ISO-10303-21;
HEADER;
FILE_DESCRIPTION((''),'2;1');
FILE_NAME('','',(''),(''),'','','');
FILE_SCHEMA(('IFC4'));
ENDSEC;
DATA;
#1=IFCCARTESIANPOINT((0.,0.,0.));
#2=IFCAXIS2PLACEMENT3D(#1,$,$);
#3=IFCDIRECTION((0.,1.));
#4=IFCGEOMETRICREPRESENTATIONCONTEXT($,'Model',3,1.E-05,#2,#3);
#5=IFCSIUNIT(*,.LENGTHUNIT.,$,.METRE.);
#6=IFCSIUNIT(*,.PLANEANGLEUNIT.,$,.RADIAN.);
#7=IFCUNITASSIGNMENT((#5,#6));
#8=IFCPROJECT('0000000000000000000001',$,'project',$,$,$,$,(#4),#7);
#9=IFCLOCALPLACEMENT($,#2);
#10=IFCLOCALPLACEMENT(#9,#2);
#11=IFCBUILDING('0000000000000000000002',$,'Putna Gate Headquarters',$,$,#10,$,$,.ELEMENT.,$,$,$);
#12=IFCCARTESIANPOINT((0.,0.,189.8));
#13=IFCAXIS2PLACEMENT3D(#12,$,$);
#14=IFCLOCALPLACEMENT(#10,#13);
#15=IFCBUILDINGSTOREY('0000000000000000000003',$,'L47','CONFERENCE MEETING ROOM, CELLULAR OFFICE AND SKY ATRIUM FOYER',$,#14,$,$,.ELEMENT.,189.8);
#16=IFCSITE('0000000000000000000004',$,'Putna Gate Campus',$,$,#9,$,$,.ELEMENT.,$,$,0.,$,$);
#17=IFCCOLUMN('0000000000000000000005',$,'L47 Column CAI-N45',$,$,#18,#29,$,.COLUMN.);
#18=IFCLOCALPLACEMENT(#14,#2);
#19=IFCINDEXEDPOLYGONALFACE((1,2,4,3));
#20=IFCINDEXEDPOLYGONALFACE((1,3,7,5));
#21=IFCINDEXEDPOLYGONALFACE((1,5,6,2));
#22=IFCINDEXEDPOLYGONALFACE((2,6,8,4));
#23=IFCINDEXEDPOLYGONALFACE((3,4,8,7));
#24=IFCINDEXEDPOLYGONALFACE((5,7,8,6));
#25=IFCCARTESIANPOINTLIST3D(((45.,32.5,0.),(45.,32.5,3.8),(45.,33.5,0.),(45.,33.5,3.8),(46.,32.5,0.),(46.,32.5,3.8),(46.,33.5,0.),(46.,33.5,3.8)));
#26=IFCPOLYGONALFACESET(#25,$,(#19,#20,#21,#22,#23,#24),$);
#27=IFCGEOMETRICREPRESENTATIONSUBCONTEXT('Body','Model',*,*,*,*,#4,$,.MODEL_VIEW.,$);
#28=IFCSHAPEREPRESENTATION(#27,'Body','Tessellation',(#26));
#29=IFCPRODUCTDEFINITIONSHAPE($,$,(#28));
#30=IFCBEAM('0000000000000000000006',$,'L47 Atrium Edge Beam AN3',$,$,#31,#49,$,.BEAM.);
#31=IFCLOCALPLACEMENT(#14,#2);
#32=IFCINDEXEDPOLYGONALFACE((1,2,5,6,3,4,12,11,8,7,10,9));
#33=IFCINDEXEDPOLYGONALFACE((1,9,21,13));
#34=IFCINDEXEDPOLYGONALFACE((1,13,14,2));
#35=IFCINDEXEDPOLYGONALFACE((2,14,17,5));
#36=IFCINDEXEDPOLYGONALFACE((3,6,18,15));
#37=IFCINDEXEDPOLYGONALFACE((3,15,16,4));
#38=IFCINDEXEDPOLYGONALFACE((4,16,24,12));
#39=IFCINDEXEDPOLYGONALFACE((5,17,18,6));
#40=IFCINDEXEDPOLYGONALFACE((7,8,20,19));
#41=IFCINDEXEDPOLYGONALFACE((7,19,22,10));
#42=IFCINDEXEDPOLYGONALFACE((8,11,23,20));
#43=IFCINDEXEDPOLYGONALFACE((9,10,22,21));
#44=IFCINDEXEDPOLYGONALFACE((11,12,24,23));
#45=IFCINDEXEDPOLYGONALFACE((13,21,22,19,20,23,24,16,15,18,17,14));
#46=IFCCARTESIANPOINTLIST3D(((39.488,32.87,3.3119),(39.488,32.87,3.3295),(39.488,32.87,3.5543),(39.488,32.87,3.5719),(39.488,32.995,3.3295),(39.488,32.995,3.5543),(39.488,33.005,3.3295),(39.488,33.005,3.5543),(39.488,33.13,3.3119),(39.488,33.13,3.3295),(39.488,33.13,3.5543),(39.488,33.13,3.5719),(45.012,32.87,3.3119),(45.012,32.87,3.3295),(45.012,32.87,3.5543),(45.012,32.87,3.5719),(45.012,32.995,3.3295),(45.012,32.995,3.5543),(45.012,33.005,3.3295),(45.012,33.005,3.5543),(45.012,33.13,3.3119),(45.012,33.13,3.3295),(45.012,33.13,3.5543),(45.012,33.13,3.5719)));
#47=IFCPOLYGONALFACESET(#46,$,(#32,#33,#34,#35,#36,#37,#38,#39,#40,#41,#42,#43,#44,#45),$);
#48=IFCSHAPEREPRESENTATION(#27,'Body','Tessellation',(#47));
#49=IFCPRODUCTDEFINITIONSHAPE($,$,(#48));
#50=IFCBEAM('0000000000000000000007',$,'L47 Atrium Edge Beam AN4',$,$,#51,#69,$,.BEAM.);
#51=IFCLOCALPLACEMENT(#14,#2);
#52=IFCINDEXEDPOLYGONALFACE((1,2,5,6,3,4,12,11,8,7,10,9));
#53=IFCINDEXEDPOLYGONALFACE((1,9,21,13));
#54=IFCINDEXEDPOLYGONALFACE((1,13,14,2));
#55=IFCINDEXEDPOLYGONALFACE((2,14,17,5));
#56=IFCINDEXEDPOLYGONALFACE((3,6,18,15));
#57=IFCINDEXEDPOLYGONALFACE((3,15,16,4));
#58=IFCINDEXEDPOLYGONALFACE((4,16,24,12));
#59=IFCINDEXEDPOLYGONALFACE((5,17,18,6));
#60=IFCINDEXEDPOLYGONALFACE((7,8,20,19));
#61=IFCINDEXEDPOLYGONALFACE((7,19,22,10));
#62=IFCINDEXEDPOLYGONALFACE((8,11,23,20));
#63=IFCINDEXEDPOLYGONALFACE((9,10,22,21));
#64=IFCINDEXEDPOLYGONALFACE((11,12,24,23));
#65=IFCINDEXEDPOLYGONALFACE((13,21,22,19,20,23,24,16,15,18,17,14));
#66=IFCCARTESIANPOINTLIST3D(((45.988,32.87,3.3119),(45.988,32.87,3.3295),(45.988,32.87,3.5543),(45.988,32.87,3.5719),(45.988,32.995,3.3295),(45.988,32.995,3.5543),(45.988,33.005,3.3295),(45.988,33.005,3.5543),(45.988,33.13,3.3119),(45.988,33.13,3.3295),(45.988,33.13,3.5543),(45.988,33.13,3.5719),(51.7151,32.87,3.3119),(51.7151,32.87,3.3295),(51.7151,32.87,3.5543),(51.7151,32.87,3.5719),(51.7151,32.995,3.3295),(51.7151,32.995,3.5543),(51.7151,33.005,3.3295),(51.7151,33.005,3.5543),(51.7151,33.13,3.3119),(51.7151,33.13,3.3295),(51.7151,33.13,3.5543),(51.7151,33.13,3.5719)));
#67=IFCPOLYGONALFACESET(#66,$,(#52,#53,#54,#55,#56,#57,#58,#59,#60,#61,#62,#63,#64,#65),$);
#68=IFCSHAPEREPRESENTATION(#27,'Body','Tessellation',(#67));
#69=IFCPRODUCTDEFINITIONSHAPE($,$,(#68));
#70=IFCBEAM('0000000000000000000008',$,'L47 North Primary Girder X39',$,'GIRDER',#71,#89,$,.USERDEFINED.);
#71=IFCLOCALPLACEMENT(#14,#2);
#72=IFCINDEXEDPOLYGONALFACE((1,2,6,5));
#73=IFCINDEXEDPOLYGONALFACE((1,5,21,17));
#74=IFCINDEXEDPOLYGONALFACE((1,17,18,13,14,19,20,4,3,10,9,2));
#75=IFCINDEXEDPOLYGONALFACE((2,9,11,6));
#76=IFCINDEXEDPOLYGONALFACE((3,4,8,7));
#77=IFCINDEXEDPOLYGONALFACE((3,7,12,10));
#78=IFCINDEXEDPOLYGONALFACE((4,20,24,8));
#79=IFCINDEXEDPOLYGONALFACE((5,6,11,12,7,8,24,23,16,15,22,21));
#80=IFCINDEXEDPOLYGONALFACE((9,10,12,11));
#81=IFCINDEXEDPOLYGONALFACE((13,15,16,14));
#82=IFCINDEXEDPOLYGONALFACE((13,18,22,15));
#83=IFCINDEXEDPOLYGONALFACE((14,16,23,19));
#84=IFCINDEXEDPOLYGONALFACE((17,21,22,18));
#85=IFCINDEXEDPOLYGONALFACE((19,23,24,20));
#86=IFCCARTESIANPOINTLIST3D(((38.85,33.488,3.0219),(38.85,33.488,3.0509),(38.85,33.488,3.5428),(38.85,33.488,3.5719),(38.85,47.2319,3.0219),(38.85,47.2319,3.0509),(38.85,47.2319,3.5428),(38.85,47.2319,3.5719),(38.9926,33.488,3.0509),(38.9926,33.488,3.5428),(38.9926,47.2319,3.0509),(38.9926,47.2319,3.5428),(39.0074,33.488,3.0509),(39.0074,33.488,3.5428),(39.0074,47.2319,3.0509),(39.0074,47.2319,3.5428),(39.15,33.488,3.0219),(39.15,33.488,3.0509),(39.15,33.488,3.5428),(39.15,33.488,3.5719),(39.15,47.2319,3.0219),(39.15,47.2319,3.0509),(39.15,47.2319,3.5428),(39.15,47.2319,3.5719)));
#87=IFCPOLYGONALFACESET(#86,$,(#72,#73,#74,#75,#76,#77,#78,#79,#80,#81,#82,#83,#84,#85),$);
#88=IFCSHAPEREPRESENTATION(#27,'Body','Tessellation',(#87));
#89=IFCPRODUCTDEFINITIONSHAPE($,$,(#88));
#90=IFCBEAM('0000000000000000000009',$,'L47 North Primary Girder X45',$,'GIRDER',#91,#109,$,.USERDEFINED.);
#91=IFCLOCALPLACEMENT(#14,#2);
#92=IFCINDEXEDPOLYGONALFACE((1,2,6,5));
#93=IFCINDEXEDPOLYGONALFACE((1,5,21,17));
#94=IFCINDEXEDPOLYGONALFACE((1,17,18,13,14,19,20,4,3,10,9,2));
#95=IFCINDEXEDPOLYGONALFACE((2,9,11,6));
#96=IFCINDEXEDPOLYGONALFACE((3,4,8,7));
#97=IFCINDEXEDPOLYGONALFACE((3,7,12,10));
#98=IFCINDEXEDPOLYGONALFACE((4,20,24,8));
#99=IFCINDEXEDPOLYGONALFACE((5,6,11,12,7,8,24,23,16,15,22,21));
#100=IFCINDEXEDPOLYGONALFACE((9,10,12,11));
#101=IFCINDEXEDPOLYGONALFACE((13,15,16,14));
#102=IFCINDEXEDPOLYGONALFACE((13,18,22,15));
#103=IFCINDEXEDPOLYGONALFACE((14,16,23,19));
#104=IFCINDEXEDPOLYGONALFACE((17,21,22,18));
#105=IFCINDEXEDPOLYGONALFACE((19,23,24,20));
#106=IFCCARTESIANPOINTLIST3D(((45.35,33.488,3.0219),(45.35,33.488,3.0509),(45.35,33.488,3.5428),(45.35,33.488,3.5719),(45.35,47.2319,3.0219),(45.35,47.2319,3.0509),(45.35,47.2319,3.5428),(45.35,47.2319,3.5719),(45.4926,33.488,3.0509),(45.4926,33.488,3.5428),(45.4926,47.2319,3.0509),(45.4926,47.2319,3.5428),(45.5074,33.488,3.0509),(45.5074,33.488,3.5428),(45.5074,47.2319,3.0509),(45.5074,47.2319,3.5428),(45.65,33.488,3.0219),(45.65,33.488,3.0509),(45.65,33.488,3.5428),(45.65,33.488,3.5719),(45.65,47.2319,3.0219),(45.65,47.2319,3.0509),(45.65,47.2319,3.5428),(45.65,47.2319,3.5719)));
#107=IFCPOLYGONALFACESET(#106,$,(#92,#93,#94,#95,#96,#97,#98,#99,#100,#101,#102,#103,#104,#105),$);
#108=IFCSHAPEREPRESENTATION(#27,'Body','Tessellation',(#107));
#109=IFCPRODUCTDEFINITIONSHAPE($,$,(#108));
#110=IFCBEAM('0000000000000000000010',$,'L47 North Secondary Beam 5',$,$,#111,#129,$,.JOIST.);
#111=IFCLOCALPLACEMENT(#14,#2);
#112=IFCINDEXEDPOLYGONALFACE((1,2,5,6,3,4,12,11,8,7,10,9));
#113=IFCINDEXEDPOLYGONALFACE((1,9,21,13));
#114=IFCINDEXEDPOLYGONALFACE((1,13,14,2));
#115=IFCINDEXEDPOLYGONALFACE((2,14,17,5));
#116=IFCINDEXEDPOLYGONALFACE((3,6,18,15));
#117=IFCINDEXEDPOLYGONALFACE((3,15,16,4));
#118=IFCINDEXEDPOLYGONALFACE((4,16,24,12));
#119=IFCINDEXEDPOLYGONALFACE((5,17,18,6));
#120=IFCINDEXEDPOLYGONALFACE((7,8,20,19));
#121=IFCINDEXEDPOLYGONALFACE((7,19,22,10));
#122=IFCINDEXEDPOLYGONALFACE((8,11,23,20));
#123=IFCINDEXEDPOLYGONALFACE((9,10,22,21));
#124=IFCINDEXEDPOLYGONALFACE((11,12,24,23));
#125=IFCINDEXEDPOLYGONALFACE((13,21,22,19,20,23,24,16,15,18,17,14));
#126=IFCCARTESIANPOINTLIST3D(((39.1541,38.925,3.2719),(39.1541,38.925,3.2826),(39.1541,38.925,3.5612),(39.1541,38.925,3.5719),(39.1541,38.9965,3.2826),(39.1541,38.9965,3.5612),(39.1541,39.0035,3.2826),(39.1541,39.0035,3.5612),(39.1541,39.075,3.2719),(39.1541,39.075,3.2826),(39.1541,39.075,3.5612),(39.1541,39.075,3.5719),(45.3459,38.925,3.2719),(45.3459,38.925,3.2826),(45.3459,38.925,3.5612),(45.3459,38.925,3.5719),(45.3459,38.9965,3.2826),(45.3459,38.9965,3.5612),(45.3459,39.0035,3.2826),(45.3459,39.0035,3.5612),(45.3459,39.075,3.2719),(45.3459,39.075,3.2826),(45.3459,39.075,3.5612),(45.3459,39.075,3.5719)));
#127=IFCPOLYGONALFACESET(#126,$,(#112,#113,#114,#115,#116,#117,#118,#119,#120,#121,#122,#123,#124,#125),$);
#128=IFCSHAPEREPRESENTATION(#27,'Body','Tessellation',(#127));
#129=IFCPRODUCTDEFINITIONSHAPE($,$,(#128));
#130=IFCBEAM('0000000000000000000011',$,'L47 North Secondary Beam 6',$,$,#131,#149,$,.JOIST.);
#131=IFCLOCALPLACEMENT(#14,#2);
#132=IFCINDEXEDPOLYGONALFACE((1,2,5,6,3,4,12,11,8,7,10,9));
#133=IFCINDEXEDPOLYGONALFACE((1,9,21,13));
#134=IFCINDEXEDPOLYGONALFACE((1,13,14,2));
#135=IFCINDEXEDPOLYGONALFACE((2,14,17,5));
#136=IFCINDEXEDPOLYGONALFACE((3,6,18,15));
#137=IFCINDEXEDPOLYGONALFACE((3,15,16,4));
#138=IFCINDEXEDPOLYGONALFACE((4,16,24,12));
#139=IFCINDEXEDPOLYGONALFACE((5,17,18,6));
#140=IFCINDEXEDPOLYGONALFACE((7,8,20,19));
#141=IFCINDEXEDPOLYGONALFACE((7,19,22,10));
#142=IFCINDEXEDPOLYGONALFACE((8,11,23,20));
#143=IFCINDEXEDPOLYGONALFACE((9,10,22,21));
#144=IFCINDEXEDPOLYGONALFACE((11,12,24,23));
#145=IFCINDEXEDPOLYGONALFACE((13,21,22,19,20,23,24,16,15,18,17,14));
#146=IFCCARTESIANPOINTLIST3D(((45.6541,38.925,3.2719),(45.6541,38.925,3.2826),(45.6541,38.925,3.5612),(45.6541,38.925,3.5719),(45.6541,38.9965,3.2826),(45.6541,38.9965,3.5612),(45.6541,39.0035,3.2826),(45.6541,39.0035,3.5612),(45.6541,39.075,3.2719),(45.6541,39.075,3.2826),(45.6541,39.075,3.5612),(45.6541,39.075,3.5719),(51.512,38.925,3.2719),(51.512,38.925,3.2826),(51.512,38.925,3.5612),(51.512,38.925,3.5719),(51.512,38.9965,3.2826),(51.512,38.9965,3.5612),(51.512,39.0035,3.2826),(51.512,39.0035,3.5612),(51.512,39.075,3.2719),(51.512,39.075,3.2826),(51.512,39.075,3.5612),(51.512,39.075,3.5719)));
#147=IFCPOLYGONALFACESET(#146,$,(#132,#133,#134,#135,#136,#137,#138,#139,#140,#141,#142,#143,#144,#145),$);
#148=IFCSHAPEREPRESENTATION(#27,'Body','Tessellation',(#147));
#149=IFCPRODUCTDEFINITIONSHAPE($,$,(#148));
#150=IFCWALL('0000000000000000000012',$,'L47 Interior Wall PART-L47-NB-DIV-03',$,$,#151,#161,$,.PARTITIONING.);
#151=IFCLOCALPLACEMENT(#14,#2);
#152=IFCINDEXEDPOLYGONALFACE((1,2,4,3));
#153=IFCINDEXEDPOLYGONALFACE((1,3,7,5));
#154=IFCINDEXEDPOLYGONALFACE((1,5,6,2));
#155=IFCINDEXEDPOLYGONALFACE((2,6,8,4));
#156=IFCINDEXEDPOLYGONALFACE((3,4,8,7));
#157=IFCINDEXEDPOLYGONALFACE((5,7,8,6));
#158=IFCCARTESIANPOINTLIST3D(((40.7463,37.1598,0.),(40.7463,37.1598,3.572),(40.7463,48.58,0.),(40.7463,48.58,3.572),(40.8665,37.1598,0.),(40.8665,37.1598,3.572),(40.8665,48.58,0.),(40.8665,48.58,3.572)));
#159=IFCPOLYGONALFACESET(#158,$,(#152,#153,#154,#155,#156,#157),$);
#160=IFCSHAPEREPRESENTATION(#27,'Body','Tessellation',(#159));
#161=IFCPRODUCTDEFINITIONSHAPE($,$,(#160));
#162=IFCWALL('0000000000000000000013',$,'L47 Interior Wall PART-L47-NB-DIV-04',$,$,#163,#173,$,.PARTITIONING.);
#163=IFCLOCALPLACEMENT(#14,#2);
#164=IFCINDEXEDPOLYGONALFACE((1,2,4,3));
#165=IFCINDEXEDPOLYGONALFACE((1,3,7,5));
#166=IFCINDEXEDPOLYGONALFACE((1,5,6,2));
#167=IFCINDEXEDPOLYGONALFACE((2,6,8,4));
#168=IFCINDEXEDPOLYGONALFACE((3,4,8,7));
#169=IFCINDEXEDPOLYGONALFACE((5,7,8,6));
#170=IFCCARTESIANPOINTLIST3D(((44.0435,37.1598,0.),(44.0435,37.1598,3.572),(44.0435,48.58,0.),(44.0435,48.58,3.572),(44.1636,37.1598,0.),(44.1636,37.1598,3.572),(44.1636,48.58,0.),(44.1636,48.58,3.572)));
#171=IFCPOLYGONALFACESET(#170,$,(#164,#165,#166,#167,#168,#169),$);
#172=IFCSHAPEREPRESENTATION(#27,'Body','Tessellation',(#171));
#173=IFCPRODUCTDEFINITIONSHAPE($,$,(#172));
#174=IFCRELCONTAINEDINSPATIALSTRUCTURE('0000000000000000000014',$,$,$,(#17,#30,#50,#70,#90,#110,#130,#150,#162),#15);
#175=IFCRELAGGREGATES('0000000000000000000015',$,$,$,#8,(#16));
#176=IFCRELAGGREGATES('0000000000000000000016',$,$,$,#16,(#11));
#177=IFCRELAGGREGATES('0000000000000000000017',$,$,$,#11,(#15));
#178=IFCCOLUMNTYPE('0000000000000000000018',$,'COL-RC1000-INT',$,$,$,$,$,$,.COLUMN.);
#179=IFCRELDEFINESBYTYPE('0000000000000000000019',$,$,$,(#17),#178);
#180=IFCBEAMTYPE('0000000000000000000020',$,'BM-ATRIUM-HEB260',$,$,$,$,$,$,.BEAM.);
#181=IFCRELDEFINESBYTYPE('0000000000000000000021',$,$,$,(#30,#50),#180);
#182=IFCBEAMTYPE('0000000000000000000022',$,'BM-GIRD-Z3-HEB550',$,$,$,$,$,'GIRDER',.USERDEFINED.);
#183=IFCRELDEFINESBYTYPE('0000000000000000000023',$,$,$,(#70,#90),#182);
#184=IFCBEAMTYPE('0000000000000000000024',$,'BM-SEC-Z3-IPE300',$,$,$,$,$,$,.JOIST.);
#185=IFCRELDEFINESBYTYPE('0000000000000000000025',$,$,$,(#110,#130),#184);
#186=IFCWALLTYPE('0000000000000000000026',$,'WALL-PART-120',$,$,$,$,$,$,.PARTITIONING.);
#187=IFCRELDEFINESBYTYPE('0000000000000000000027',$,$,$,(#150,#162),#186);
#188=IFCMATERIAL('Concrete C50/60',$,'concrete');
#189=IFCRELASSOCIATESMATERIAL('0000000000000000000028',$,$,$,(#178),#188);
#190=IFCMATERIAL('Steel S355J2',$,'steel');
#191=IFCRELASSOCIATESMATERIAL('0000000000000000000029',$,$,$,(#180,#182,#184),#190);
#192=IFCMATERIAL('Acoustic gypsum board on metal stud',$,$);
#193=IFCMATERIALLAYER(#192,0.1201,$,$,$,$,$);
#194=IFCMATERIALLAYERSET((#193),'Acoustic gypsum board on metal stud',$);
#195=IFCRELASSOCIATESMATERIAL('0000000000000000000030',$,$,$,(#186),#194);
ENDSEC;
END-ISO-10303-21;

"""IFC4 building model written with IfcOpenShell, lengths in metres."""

from ifc_helpers import new_model, si_unit, direction, frame, frame_2d, origin, origin_2d, place, context, subcontext, project, spatial, rectangle, i_section, extrude, material, layer, layer_set, material_profile, profile_set, type_object, element, save


model = new_model("IFC4")

# Units and contexts
model_context = context("Model", 3, precision=1e-05, world=origin(), true_north=direction((0.0, 1.0)))
body_context = subcontext(model_context, "Body", "Model", "MODEL_VIEW")
ifc_project = project(units=[si_unit("LENGTHUNIT", "METRE"), si_unit("PLANEANGLEUNIT", "RADIAN")], contexts=[model_context])

# Site, building, storey
site_placement = place(None, origin())
site = spatial("IfcSite", under=ifc_project, at=site_placement, Name="Putna Gate Campus", CompositionType="ELEMENT", RefElevation=0.0)
building_placement = place(site_placement, origin())
building = spatial("IfcBuilding", under=site, at=building_placement, Name="Putna Gate Headquarters", CompositionType="ELEMENT")
storey_placement = place(building_placement, frame((0.0, 0.0, 189.8)))
storey = spatial("IfcBuildingStorey", under=building, at=storey_placement, Name="L47", Description="CONFERENCE MEETING ROOM, CELLULAR OFFICE AND SKY ATRIUM FOYER", CompositionType="ELEMENT", Elevation=189.8)

# Column
ifc_material_1 = material(Name="Concrete C50/60", Category="concrete")
ifc_material_profile_1 = material_profile(ifc_material_1, rectangle(XDim=1.0, YDim=1.0, at=origin_2d()), Name="Concrete C50/60")
ifc_profile_set_1 = profile_set([ifc_material_profile_1], Name="Concrete C50/60")
column_type = type_object("IfcColumnType", Name="COL-RC1000-INT", PredefinedType="COLUMN", material=ifc_profile_set_1)
column_placement = place(storey_placement, frame((45.5, 33.0, 0.0), z_axis=(0.0, 0.0, 1.0), x_axis=(1.0, 0.0, 0.0)))
element("IfcColumn", 1, at=column_placement, inside=storey, type_object=column_type, Name="L47 Column CAI-N45", PredefinedType="COLUMN", context=body_context, shape_type="SweptSolid", body=[
    extrude(rectangle(XDim=1.0, YDim=1.0, at=origin_2d()), origin(), (0.0, 0.0, 1.0), 3.8),
])

# Beams
ifc_material_2 = material(Name="Steel S355J2", Category="steel")
ifc_material_profile_2 = material_profile(ifc_material_2, i_section(OverallWidth=0.26, OverallDepth=0.26, WebThickness=0.01, FlangeThickness=0.0176, at=origin_2d()), Name="Steel S355J2")
ifc_profile_set_2 = profile_set([ifc_material_profile_2], Name="Steel S355J2")
beam_type_1 = type_object("IfcBeamType", Name="BM-ATRIUM-HEB260", PredefinedType="BEAM", material=ifc_profile_set_2)
beam_1_placement = place(storey_placement, frame((39.488, 33.0, 3.4419), z_axis=(1.0, 0.0, 0.0), x_axis=(0.0, 1.0, 0.0)))
element("IfcBeam", 2, at=beam_1_placement, inside=storey, type_object=beam_type_1, Name="L47 Atrium Edge Beam AN3", PredefinedType="BEAM", context=body_context, shape_type="SweptSolid", body=[
    extrude(i_section(OverallWidth=0.26, OverallDepth=0.26, WebThickness=0.01, FlangeThickness=0.0176, at=origin_2d()), origin(), (0.0, 0.0, 1.0), 5.5239),
])
beam_2_placement = place(storey_placement, frame((45.988, 33.0, 3.4419), z_axis=(1.0, 0.0, 0.0), x_axis=(0.0, 1.0, 0.0)))
element("IfcBeam", 3, at=beam_2_placement, inside=storey, type_object=beam_type_1, Name="L47 Atrium Edge Beam AN4", PredefinedType="BEAM", context=body_context, shape_type="SweptSolid", body=[
    extrude(i_section(OverallWidth=0.26, OverallDepth=0.26, WebThickness=0.01, FlangeThickness=0.0176, at=origin_2d()), origin(), (0.0, 0.0, 1.0), 5.7271),
])
ifc_material_profile_3 = material_profile(ifc_material_2, i_section(OverallWidth=0.3, OverallDepth=0.55, WebThickness=0.0149, FlangeThickness=0.0291, at=origin_2d()), Name="Steel S355J2")
ifc_profile_set_3 = profile_set([ifc_material_profile_3], Name="Steel S355J2")
beam_type_2 = type_object("IfcBeamType", Name="BM-GIRD-Z3-HEB550", ElementType="GIRDER", PredefinedType="USERDEFINED", material=ifc_profile_set_3)
for number, where, z_axis, x_axis, name in (
    (4, (39.0, 33.488, 3.2969), (0.0, 1.0, 0.0), (-1.0, 0.0, 0.0), "L47 North Primary Girder X39"),
    (5, (45.5, 33.488, 3.2969), (0.0, 1.0, 0.0), (-1.0, 0.0, 0.0), "L47 North Primary Girder X45"),
):
    element("IfcBeam", number, at=place(storey_placement, frame(where, z_axis=z_axis, x_axis=x_axis)), inside=storey, type_object=beam_type_2, Name=name, ObjectType="GIRDER", PredefinedType="USERDEFINED", context=body_context, shape_type="SweptSolid", body=[
        extrude(i_section(OverallWidth=0.3, OverallDepth=0.55, WebThickness=0.0149, FlangeThickness=0.0291, at=origin_2d()), origin(), (0.0, 0.0, 1.0), 13.7439),
    ])
ifc_material_profile_4 = material_profile(ifc_material_2, i_section(OverallWidth=0.1499, OverallDepth=0.3, WebThickness=0.0071, FlangeThickness=0.0107, at=origin_2d()), Name="Steel S355J2")
ifc_profile_set_4 = profile_set([ifc_material_profile_4], Name="Steel S355J2")
beam_type_3 = type_object("IfcBeamType", Name="BM-SEC-Z3-IPE300", PredefinedType="JOIST", material=ifc_profile_set_4)
beam_3_placement = place(storey_placement, frame((39.1541, 39.0, 3.4219), z_axis=(1.0, 0.0, 0.0), x_axis=(0.0, 1.0, 0.0)))
element("IfcBeam", 6, at=beam_3_placement, inside=storey, type_object=beam_type_3, Name="L47 North Secondary Beam 5", PredefinedType="JOIST", context=body_context, shape_type="SweptSolid", body=[
    extrude(i_section(OverallWidth=0.1499, OverallDepth=0.3, WebThickness=0.0071, FlangeThickness=0.0107, at=origin_2d()), origin(), (0.0, 0.0, 1.0), 6.1919),
])
beam_4_placement = place(storey_placement, frame((45.6541, 39.0, 3.4219), z_axis=(1.0, 0.0, 0.0), x_axis=(0.0, 1.0, 0.0)))
element("IfcBeam", 7, at=beam_4_placement, inside=storey, type_object=beam_type_3, Name="L47 North Secondary Beam 6", PredefinedType="JOIST", context=body_context, shape_type="SweptSolid", body=[
    extrude(i_section(OverallWidth=0.1499, OverallDepth=0.3, WebThickness=0.0071, FlangeThickness=0.0107, at=origin_2d()), origin(), (0.0, 0.0, 1.0), 5.8579),
])

# Walls
ifc_material_3 = material(Name="Acoustic gypsum board on metal stud")
ifc_layer_1 = layer(ifc_material_3, 0.1201)
ifc_layer_set_1 = layer_set([ifc_layer_1], Name="Acoustic gypsum board on metal stud")
wall_type_1 = type_object("IfcWallType", Name="WALL-PART-120", PredefinedType="PARTITIONING", material=ifc_layer_set_1)
for number, where, z_axis, x_axis, name in (
    (8, (40.8064, 37.1599, 0.0), (0.0, 0.0, 1.0), (0.0, 1.0, 0.0), "L47 Interior Wall PART-L47-NB-DIV-03"),
    (9, (44.1035, 37.1599, 0.0), (0.0, 0.0, 1.0), (0.0, 1.0, 0.0), "L47 Interior Wall PART-L47-NB-DIV-04"),
):
    element("IfcWall", number, at=place(storey_placement, frame(where, z_axis=z_axis, x_axis=x_axis)), inside=storey, type_object=wall_type_1, Name=name, PredefinedType="PARTITIONING", context=body_context, shape_type="SweptSolid", body=[
        extrude(rectangle(XDim=11.4202, YDim=0.1201, at=frame_2d((5.71, 0.0))), origin(), (0.0, 0.0, 1.0), 3.572),
    ])

save(model, "model.ifc")
